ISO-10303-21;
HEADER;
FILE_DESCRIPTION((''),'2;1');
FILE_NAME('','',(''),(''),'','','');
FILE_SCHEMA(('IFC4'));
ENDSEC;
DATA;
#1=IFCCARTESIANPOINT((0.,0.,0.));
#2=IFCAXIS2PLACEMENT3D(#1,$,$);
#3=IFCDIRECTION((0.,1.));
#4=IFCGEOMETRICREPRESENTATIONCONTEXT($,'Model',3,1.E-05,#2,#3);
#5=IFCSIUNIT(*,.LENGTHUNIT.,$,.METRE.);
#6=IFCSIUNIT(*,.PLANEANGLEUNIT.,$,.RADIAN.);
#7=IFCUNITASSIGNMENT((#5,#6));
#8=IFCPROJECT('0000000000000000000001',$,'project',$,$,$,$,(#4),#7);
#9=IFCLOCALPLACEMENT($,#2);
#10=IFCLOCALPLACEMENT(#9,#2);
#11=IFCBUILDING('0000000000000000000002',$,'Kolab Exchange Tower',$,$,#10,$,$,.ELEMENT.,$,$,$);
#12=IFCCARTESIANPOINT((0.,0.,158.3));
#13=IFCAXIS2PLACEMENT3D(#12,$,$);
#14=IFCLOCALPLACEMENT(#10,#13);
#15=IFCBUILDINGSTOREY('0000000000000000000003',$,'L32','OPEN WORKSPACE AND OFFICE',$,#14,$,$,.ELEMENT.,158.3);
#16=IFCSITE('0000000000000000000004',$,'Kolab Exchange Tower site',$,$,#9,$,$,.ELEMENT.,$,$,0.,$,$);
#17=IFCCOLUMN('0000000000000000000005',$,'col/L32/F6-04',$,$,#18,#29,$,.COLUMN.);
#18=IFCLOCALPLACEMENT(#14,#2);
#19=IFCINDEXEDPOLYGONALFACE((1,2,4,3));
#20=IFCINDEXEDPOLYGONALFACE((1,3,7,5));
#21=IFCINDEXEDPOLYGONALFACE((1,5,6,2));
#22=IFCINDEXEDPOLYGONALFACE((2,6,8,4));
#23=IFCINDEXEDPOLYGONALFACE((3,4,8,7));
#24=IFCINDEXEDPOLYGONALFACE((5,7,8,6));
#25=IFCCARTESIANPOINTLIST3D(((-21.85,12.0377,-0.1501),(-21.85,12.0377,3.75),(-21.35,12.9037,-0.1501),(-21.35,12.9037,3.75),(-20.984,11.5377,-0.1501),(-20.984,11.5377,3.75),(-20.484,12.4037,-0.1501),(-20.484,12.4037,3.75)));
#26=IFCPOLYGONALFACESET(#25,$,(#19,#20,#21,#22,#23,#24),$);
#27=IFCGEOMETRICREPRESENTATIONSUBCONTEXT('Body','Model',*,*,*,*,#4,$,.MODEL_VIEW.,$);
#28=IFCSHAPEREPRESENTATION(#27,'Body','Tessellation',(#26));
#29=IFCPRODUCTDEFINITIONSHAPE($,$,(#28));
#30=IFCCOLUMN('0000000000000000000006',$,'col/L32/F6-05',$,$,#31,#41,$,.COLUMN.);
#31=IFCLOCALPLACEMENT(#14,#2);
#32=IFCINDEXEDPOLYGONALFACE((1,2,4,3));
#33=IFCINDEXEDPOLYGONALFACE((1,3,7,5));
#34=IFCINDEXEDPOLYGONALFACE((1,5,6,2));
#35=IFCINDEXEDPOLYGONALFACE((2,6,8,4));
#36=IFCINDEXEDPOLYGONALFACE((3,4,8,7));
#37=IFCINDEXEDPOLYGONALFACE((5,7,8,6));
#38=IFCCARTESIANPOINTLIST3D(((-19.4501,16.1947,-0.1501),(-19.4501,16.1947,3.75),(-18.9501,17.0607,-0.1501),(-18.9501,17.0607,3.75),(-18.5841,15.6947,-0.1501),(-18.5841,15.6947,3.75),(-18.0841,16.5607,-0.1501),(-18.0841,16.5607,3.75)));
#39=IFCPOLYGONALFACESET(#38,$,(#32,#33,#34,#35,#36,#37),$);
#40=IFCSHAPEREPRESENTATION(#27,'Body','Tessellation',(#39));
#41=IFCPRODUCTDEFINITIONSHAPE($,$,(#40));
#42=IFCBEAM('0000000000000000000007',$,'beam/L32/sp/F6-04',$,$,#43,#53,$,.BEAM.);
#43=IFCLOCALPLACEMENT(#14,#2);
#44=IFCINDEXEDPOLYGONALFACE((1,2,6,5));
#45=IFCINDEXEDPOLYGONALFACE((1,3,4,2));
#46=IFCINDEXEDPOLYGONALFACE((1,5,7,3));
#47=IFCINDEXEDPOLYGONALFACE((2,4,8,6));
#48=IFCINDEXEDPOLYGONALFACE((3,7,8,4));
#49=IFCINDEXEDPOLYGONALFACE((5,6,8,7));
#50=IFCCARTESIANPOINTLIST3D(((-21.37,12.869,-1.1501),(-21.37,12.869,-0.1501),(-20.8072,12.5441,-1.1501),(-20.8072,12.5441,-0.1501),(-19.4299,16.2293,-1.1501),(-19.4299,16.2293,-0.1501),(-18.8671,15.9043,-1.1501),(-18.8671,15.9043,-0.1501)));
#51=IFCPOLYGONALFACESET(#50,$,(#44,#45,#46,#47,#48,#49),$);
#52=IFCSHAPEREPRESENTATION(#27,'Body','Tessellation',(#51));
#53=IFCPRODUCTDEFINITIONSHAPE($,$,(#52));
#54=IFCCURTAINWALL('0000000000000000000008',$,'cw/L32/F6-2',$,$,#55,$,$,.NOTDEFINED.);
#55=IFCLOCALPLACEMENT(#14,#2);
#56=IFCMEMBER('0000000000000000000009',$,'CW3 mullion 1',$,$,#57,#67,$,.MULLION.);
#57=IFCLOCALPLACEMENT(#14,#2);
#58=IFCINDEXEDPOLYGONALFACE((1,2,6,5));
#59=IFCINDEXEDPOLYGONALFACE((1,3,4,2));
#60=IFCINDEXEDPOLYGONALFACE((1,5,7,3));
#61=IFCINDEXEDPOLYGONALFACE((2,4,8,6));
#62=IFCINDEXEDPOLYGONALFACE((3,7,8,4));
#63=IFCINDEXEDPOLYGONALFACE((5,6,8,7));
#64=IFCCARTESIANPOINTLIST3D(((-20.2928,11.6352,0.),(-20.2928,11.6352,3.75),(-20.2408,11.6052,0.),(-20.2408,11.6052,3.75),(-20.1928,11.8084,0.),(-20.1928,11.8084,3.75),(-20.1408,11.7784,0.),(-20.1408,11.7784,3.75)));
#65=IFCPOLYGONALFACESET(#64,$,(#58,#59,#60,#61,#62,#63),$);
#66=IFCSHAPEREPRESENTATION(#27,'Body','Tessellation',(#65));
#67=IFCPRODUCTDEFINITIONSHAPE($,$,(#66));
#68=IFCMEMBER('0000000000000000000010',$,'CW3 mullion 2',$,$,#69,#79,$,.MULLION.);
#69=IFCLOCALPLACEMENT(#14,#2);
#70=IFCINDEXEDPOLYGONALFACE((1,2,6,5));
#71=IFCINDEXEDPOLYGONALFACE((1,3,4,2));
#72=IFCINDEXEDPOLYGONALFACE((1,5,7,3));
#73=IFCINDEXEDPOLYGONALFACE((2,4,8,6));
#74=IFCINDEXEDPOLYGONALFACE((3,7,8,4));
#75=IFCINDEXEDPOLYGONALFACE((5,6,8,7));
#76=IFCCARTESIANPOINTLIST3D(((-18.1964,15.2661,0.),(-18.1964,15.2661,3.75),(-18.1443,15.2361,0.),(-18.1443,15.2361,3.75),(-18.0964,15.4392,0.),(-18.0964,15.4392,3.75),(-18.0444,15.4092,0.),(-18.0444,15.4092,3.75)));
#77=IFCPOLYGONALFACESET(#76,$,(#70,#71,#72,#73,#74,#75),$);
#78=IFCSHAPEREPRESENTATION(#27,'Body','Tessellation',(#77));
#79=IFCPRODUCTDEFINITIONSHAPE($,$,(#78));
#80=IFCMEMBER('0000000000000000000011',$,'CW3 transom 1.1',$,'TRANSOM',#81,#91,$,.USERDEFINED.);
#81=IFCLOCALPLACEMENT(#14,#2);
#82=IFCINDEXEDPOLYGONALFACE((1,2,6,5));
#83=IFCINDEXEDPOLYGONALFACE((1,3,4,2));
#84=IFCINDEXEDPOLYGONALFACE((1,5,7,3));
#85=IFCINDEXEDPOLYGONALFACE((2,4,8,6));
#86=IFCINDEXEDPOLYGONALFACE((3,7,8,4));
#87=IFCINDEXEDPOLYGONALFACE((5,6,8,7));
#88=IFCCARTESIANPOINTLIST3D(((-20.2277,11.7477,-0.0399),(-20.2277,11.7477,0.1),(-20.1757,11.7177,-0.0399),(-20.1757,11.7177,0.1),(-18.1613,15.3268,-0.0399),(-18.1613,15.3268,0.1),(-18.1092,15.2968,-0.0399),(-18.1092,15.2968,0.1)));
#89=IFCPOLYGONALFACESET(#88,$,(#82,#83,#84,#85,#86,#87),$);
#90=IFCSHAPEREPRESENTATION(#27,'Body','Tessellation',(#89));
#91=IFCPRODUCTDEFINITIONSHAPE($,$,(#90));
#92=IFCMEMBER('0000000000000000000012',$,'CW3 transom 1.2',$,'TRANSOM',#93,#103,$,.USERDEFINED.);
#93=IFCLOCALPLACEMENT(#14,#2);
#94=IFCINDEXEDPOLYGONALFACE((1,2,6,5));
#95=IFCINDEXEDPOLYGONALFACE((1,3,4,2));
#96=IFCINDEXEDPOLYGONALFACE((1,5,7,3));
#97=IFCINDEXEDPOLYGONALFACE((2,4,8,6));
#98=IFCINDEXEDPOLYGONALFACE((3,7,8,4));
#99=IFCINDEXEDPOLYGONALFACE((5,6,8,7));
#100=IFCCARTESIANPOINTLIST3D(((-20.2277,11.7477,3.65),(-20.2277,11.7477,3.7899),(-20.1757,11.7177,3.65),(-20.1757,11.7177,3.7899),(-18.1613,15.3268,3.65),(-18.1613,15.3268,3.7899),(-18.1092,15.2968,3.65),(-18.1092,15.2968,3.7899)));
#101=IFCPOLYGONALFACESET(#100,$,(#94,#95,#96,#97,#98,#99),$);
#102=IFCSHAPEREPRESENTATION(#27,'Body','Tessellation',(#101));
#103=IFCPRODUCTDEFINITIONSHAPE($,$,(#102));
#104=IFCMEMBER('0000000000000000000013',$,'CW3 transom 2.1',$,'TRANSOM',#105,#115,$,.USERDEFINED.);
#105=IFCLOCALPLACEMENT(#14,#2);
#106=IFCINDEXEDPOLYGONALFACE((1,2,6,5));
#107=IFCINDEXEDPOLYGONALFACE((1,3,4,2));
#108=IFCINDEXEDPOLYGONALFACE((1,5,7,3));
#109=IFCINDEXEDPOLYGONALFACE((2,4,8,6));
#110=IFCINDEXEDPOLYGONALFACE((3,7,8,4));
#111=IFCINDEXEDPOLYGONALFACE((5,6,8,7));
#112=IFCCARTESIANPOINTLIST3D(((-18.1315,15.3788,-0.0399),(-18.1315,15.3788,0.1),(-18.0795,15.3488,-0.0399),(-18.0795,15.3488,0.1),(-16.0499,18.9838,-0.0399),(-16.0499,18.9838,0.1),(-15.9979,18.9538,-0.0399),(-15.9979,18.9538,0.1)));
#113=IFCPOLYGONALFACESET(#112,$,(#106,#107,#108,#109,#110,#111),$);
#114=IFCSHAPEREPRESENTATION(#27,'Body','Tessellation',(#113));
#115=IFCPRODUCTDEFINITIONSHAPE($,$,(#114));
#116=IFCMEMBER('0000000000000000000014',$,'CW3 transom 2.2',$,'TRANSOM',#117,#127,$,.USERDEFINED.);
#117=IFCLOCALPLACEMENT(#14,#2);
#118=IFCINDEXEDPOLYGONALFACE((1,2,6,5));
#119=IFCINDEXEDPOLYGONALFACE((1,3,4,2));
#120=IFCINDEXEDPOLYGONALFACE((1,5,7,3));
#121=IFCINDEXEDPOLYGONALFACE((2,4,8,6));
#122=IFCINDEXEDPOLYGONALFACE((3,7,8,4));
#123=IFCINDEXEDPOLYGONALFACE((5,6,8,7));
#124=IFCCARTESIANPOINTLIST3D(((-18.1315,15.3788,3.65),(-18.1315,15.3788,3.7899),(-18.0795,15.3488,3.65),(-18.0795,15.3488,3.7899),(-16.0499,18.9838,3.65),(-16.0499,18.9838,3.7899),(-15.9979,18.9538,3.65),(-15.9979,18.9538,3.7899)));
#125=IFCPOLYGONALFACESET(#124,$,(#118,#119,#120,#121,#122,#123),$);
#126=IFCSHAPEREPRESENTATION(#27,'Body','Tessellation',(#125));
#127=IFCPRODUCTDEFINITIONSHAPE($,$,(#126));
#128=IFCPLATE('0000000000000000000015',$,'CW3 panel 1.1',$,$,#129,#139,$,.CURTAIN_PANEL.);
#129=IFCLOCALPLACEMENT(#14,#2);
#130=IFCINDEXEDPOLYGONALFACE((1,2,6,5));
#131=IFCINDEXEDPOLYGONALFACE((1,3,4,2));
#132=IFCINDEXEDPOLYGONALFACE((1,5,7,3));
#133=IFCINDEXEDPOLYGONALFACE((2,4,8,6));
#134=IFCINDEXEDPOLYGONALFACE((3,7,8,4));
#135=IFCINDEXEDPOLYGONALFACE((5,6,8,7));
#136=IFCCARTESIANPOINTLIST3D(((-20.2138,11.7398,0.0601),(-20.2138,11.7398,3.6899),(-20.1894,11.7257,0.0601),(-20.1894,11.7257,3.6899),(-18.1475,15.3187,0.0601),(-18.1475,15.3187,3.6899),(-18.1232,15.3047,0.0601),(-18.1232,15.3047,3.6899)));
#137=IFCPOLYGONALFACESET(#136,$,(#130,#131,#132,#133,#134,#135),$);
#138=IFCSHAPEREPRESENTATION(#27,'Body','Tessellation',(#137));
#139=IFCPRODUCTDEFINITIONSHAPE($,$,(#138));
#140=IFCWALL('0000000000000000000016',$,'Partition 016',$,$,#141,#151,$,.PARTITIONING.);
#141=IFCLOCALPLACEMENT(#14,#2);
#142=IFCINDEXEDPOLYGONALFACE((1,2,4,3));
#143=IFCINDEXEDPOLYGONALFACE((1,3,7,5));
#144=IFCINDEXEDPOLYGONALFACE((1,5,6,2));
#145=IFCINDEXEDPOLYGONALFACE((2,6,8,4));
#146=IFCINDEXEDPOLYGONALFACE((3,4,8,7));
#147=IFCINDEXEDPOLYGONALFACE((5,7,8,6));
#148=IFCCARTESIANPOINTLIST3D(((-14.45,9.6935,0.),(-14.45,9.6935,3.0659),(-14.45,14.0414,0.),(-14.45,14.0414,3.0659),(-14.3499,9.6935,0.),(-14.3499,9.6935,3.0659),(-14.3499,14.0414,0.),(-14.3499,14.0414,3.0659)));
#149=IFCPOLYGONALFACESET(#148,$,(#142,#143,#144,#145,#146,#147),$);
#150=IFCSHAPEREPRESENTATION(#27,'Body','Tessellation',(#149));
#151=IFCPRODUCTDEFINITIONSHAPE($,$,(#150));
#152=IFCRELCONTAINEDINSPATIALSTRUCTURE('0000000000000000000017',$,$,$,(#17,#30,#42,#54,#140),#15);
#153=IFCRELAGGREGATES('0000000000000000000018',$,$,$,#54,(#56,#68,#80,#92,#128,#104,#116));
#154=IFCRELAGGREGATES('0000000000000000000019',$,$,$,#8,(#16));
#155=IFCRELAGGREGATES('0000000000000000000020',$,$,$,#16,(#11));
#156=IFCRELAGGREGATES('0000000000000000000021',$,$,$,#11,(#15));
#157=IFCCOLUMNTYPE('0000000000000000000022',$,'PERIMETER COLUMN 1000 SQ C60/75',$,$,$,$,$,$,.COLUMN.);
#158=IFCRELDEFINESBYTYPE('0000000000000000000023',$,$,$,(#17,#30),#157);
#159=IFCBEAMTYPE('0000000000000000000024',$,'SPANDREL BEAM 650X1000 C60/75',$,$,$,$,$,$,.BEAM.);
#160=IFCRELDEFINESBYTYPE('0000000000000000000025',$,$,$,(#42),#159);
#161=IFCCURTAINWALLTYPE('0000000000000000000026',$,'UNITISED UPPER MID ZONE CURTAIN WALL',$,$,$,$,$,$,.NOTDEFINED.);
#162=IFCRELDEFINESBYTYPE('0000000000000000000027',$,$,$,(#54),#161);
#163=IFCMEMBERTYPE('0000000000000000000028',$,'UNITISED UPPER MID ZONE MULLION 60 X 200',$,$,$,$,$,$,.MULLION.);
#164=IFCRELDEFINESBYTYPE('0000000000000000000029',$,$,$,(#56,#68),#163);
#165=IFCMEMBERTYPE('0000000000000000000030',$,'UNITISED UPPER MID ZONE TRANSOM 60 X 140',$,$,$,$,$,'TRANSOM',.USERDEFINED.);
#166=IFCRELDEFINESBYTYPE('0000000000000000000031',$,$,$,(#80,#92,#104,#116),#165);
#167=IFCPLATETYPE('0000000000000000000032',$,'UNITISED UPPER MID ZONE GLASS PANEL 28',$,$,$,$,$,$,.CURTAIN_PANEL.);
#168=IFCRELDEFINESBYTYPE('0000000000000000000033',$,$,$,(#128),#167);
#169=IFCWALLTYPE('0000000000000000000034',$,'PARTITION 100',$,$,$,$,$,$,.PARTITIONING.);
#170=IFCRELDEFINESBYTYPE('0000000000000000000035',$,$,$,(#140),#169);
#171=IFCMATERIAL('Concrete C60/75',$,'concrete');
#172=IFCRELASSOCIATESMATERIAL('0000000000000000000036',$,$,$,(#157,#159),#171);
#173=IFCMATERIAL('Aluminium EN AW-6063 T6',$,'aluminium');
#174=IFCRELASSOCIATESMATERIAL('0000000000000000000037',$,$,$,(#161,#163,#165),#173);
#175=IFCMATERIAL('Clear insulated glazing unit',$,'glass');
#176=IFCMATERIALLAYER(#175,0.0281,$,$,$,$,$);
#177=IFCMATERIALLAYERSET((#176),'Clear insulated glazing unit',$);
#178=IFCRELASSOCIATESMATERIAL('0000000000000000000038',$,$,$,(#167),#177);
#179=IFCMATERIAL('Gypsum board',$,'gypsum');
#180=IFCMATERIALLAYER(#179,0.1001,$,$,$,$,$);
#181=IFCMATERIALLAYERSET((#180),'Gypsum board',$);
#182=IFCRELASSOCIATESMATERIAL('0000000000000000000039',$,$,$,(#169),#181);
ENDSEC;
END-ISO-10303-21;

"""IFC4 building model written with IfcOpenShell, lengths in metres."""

from ifc_helpers import new_model, si_unit, direction, frame, frame_2d, origin, origin_2d, place, context, subcontext, project, spatial, rectangle, extrude, material, layer, layer_set, material_profile, profile_set, type_object, element, aggregate, save


model = new_model("IFC4")

# Units and contexts
model_context = context("Model", 3, precision=1e-05, world=origin(), true_north=direction((0.0, 1.0)))
body_context = subcontext(model_context, "Body", "Model", "MODEL_VIEW")
ifc_project = project(units=[si_unit("LENGTHUNIT", "METRE"), si_unit("PLANEANGLEUNIT", "RADIAN")], contexts=[model_context])

# Site, building, storey
site_placement = place(None, origin())
site = spatial("IfcSite", under=ifc_project, at=site_placement, Name="Kolab Exchange Tower site", CompositionType="ELEMENT", RefElevation=0.0)
building_placement = place(site_placement, origin())
building = spatial("IfcBuilding", under=site, at=building_placement, Name="Kolab Exchange Tower", CompositionType="ELEMENT")
storey_placement = place(building_placement, frame((0.0, 0.0, 158.3)))
storey = spatial("IfcBuildingStorey", under=building, at=storey_placement, Name="L32", Description="OPEN WORKSPACE AND OFFICE", CompositionType="ELEMENT", Elevation=158.3)

# Columns
ifc_material_1 = material(Name="Concrete C60/75", Category="concrete")
ifc_material_profile_1 = material_profile(ifc_material_1, rectangle(XDim=1.0, YDim=1.0, at=origin_2d()), Name="RC1000")
ifc_profile_set_1 = profile_set([ifc_material_profile_1], Name="Concrete C60/75")
column_type = type_object("IfcColumnType", Name="PERIMETER COLUMN 1000 SQ C60/75", PredefinedType="COLUMN", material=ifc_profile_set_1)
for number, where, z_axis, x_axis, name in (
    (1, (-21.167, 12.2207, -0.1501), (0.0, 0.0, 1.0), (0.5, 0.866025, 0.0), "col/L32/F6-04"),
    (2, (-18.7671, 16.3777, -0.1501), (0.0, 0.0, 1.0), (0.5, 0.866025, 0.0), "col/L32/F6-05"),
):
    element("IfcColumn", number, at=place(storey_placement, frame(where, z_axis=z_axis, x_axis=x_axis)), inside=storey, type_object=column_type, Name=name, PredefinedType="COLUMN", context=body_context, shape_type="SweptSolid", body=[
        extrude(rectangle(XDim=1.0, YDim=1.0, at=origin_2d()), origin(), (0.0, 0.0, 1.0), 3.9001),
    ])

# Beam
ifc_material_profile_2 = material_profile(ifc_material_1, rectangle(XDim=0.6499, YDim=1.0, at=origin_2d()), Name="RC650X1000")
ifc_profile_set_2 = profile_set([ifc_material_profile_2], Name="Concrete C60/75")
beam_type = type_object("IfcBeamType", Name="SPANDREL BEAM 650X1000 C60/75", PredefinedType="BEAM", material=ifc_profile_set_2)
beam_placement = place(storey_placement, frame((-21.0886, 12.7065, -0.6501), z_axis=(0.500017, 0.866016, 0.0), x_axis=(-0.866016, 0.500017, 0.0)))
element("IfcBeam", 3, at=beam_placement, inside=storey, type_object=beam_type, Name="beam/L32/sp/F6-04", PredefinedType="BEAM", context=body_context, shape_type="SweptSolid", body=[
    extrude(rectangle(XDim=0.6499, YDim=1.0, at=origin_2d()), origin(), (0.0, 0.0, 1.0), 3.8801),
])

# Curtain wall, members, plate
ifc_material_2 = material(Name="Aluminium EN AW-6063 T6", Category="aluminium")
curtain_wall_type = type_object("IfcCurtainWallType", Name="UNITISED UPPER MID ZONE CURTAIN WALL", PredefinedType="NOTDEFINED", material=ifc_material_2)
curtain_wall_placement = place(storey_placement, origin())
curtain_wall = element("IfcCurtainWall", 4, at=curtain_wall_placement, inside=storey, type_object=curtain_wall_type, Name="cw/L32/F6-2", PredefinedType="NOTDEFINED")
ifc_material_profile_3 = material_profile(ifc_material_2, rectangle(XDim=0.0601, YDim=0.2, at=origin_2d()), Name="RECT 60X200")
ifc_profile_set_3 = profile_set([ifc_material_profile_3], Name="Aluminium EN AW-6063 T6")
member_type_1 = type_object("IfcMemberType", Name="UNITISED UPPER MID ZONE MULLION 60 X 200", PredefinedType="MULLION", material=ifc_profile_set_3)
member_1_placement = place(storey_placement, frame((-20.2168, 11.7068, 0.0), z_axis=(0.0, 0.0, 1.0), x_axis=(-0.866025, 0.5, 0.0)))
member_1 = element("IfcMember", 5, at=member_1_placement, type_object=member_type_1, Name="CW3 mullion 1", PredefinedType="MULLION", context=body_context, shape_type="SweptSolid", body=[
    extrude(rectangle(XDim=0.0601, YDim=0.2, at=origin_2d()), origin(), (0.0, 0.0, 1.0), 3.75),
])
member_2_placement = place(storey_placement, frame((-18.1204, 15.3376, 0.0), z_axis=(0.0, 0.0, 1.0), x_axis=(-0.866025, 0.5, 0.0)))
member_2 = element("IfcMember", 6, at=member_2_placement, type_object=member_type_1, Name="CW3 mullion 2", PredefinedType="MULLION", context=body_context, shape_type="SweptSolid", body=[
    extrude(rectangle(XDim=0.0601, YDim=0.2, at=origin_2d()), origin(), (0.0, 0.0, 1.0), 3.75),
])
ifc_material_profile_4 = material_profile(ifc_material_2, rectangle(XDim=0.0601, YDim=0.1399, at=origin_2d()), Name="RECT 60X140")
ifc_profile_set_4 = profile_set([ifc_material_profile_4], Name="Aluminium EN AW-6063 T6")
member_type_2 = type_object("IfcMemberType", Name="UNITISED UPPER MID ZONE TRANSOM 60 X 140", ElementType="TRANSOM", PredefinedType="USERDEFINED", material=ifc_profile_set_4)
member_3_placement = place(storey_placement, frame((-20.2017, 11.7327, 0.03), z_axis=(0.500002, 0.866024, 0.0), x_axis=(-0.866024, 0.500002, 0.0)))
member_3 = element("IfcMember", 7, at=member_3_placement, type_object=member_type_2, Name="CW3 transom 1.1", ObjectType="TRANSOM", PredefinedType="USERDEFINED", context=body_context, shape_type="SweptSolid", body=[
    extrude(rectangle(XDim=0.0601, YDim=0.1399, at=origin_2d()), origin(), (0.0, 0.0, 1.0), 4.1328),
])
member_4_placement = place(storey_placement, frame((-20.2017, 11.7327, 3.72), z_axis=(0.500002, 0.866024, 0.0), x_axis=(-0.866024, 0.500002, 0.0)))
member_4 = element("IfcMember", 8, at=member_4_placement, type_object=member_type_2, Name="CW3 transom 1.2", ObjectType="TRANSOM", PredefinedType="USERDEFINED", context=body_context, shape_type="SweptSolid", body=[
    extrude(rectangle(XDim=0.0601, YDim=0.1399, at=origin_2d()), origin(), (0.0, 0.0, 1.0), 4.1328),
])
member_5_placement = place(storey_placement, frame((-18.1055, 15.3638, 0.03), z_axis=(0.500037, 0.866004, 0.0), x_axis=(-0.866004, 0.500037, 0.0)))
member_5 = element("IfcMember", 9, at=member_5_placement, type_object=member_type_2, Name="CW3 transom 2.1", ObjectType="TRANSOM", PredefinedType="USERDEFINED", context=body_context, shape_type="SweptSolid", body=[
    extrude(rectangle(XDim=0.0601, YDim=0.1399, at=origin_2d()), origin(), (0.0, 0.0, 1.0), 4.1628),
])
member_6_placement = place(storey_placement, frame((-18.1055, 15.3638, 3.72), z_axis=(0.500037, 0.866004, 0.0), x_axis=(-0.866004, 0.500037, 0.0)))
member_6 = element("IfcMember", 10, at=member_6_placement, type_object=member_type_2, Name="CW3 transom 2.2", ObjectType="TRANSOM", PredefinedType="USERDEFINED", context=body_context, shape_type="SweptSolid", body=[
    extrude(rectangle(XDim=0.0601, YDim=0.1399, at=origin_2d()), origin(), (0.0, 0.0, 1.0), 4.1628),
])
ifc_material_3 = material(Name="Clear insulated glazing unit", Category="glass")
ifc_layer_1 = layer(ifc_material_3, 0.0281)
ifc_layer_set_1 = layer_set([ifc_layer_1], Name="Clear insulated glazing unit")
plate_type = type_object("IfcPlateType", Name="UNITISED UPPER MID ZONE GLASS PANEL 28", PredefinedType="CURTAIN_PANEL", material=ifc_layer_set_1)
plate_placement = place(storey_placement, frame((-19.1685, 13.5222, 0.0601), z_axis=(0.0, 0.0, 1.0), x_axis=(0.5, 0.866025, 0.0)))
plate = element("IfcPlate", 11, at=plate_placement, type_object=plate_type, Name="CW3 panel 1.1", PredefinedType="CURTAIN_PANEL", context=body_context, shape_type="SweptSolid", body=[
    extrude(rectangle(XDim=4.1326, YDim=0.0281, at=origin_2d()), origin(), (0.0, 0.0, 1.0), 3.6299),
])
aggregate(curtain_wall, [member_1, member_2, member_3, member_4, plate, member_5, member_6])

# Wall
ifc_material_4 = material(Name="Gypsum board", Category="gypsum")
ifc_layer_2 = layer(ifc_material_4, 0.1001)
ifc_layer_set_2 = layer_set([ifc_layer_2], Name="Gypsum board")
wall_type_1 = type_object("IfcWallType", Name="PARTITION 100", PredefinedType="PARTITIONING", material=ifc_layer_set_2)
wall_1_placement = place(storey_placement, frame((-14.3999, 9.6936, 0.0), z_axis=(0.0, 0.0, 1.0), x_axis=(0.0, 1.0, 0.0)))
element("IfcWall", 12, at=wall_1_placement, inside=storey, type_object=wall_type_1, Name="Partition 016", PredefinedType="PARTITIONING", context=body_context, shape_type="SweptSolid", body=[
    extrude(rectangle(XDim=4.3479, YDim=0.1001, at=frame_2d((2.1738, 0.0))), origin(), (0.0, 0.0, 1.0), 3.0659),
])

save(model, "model.ifc")
